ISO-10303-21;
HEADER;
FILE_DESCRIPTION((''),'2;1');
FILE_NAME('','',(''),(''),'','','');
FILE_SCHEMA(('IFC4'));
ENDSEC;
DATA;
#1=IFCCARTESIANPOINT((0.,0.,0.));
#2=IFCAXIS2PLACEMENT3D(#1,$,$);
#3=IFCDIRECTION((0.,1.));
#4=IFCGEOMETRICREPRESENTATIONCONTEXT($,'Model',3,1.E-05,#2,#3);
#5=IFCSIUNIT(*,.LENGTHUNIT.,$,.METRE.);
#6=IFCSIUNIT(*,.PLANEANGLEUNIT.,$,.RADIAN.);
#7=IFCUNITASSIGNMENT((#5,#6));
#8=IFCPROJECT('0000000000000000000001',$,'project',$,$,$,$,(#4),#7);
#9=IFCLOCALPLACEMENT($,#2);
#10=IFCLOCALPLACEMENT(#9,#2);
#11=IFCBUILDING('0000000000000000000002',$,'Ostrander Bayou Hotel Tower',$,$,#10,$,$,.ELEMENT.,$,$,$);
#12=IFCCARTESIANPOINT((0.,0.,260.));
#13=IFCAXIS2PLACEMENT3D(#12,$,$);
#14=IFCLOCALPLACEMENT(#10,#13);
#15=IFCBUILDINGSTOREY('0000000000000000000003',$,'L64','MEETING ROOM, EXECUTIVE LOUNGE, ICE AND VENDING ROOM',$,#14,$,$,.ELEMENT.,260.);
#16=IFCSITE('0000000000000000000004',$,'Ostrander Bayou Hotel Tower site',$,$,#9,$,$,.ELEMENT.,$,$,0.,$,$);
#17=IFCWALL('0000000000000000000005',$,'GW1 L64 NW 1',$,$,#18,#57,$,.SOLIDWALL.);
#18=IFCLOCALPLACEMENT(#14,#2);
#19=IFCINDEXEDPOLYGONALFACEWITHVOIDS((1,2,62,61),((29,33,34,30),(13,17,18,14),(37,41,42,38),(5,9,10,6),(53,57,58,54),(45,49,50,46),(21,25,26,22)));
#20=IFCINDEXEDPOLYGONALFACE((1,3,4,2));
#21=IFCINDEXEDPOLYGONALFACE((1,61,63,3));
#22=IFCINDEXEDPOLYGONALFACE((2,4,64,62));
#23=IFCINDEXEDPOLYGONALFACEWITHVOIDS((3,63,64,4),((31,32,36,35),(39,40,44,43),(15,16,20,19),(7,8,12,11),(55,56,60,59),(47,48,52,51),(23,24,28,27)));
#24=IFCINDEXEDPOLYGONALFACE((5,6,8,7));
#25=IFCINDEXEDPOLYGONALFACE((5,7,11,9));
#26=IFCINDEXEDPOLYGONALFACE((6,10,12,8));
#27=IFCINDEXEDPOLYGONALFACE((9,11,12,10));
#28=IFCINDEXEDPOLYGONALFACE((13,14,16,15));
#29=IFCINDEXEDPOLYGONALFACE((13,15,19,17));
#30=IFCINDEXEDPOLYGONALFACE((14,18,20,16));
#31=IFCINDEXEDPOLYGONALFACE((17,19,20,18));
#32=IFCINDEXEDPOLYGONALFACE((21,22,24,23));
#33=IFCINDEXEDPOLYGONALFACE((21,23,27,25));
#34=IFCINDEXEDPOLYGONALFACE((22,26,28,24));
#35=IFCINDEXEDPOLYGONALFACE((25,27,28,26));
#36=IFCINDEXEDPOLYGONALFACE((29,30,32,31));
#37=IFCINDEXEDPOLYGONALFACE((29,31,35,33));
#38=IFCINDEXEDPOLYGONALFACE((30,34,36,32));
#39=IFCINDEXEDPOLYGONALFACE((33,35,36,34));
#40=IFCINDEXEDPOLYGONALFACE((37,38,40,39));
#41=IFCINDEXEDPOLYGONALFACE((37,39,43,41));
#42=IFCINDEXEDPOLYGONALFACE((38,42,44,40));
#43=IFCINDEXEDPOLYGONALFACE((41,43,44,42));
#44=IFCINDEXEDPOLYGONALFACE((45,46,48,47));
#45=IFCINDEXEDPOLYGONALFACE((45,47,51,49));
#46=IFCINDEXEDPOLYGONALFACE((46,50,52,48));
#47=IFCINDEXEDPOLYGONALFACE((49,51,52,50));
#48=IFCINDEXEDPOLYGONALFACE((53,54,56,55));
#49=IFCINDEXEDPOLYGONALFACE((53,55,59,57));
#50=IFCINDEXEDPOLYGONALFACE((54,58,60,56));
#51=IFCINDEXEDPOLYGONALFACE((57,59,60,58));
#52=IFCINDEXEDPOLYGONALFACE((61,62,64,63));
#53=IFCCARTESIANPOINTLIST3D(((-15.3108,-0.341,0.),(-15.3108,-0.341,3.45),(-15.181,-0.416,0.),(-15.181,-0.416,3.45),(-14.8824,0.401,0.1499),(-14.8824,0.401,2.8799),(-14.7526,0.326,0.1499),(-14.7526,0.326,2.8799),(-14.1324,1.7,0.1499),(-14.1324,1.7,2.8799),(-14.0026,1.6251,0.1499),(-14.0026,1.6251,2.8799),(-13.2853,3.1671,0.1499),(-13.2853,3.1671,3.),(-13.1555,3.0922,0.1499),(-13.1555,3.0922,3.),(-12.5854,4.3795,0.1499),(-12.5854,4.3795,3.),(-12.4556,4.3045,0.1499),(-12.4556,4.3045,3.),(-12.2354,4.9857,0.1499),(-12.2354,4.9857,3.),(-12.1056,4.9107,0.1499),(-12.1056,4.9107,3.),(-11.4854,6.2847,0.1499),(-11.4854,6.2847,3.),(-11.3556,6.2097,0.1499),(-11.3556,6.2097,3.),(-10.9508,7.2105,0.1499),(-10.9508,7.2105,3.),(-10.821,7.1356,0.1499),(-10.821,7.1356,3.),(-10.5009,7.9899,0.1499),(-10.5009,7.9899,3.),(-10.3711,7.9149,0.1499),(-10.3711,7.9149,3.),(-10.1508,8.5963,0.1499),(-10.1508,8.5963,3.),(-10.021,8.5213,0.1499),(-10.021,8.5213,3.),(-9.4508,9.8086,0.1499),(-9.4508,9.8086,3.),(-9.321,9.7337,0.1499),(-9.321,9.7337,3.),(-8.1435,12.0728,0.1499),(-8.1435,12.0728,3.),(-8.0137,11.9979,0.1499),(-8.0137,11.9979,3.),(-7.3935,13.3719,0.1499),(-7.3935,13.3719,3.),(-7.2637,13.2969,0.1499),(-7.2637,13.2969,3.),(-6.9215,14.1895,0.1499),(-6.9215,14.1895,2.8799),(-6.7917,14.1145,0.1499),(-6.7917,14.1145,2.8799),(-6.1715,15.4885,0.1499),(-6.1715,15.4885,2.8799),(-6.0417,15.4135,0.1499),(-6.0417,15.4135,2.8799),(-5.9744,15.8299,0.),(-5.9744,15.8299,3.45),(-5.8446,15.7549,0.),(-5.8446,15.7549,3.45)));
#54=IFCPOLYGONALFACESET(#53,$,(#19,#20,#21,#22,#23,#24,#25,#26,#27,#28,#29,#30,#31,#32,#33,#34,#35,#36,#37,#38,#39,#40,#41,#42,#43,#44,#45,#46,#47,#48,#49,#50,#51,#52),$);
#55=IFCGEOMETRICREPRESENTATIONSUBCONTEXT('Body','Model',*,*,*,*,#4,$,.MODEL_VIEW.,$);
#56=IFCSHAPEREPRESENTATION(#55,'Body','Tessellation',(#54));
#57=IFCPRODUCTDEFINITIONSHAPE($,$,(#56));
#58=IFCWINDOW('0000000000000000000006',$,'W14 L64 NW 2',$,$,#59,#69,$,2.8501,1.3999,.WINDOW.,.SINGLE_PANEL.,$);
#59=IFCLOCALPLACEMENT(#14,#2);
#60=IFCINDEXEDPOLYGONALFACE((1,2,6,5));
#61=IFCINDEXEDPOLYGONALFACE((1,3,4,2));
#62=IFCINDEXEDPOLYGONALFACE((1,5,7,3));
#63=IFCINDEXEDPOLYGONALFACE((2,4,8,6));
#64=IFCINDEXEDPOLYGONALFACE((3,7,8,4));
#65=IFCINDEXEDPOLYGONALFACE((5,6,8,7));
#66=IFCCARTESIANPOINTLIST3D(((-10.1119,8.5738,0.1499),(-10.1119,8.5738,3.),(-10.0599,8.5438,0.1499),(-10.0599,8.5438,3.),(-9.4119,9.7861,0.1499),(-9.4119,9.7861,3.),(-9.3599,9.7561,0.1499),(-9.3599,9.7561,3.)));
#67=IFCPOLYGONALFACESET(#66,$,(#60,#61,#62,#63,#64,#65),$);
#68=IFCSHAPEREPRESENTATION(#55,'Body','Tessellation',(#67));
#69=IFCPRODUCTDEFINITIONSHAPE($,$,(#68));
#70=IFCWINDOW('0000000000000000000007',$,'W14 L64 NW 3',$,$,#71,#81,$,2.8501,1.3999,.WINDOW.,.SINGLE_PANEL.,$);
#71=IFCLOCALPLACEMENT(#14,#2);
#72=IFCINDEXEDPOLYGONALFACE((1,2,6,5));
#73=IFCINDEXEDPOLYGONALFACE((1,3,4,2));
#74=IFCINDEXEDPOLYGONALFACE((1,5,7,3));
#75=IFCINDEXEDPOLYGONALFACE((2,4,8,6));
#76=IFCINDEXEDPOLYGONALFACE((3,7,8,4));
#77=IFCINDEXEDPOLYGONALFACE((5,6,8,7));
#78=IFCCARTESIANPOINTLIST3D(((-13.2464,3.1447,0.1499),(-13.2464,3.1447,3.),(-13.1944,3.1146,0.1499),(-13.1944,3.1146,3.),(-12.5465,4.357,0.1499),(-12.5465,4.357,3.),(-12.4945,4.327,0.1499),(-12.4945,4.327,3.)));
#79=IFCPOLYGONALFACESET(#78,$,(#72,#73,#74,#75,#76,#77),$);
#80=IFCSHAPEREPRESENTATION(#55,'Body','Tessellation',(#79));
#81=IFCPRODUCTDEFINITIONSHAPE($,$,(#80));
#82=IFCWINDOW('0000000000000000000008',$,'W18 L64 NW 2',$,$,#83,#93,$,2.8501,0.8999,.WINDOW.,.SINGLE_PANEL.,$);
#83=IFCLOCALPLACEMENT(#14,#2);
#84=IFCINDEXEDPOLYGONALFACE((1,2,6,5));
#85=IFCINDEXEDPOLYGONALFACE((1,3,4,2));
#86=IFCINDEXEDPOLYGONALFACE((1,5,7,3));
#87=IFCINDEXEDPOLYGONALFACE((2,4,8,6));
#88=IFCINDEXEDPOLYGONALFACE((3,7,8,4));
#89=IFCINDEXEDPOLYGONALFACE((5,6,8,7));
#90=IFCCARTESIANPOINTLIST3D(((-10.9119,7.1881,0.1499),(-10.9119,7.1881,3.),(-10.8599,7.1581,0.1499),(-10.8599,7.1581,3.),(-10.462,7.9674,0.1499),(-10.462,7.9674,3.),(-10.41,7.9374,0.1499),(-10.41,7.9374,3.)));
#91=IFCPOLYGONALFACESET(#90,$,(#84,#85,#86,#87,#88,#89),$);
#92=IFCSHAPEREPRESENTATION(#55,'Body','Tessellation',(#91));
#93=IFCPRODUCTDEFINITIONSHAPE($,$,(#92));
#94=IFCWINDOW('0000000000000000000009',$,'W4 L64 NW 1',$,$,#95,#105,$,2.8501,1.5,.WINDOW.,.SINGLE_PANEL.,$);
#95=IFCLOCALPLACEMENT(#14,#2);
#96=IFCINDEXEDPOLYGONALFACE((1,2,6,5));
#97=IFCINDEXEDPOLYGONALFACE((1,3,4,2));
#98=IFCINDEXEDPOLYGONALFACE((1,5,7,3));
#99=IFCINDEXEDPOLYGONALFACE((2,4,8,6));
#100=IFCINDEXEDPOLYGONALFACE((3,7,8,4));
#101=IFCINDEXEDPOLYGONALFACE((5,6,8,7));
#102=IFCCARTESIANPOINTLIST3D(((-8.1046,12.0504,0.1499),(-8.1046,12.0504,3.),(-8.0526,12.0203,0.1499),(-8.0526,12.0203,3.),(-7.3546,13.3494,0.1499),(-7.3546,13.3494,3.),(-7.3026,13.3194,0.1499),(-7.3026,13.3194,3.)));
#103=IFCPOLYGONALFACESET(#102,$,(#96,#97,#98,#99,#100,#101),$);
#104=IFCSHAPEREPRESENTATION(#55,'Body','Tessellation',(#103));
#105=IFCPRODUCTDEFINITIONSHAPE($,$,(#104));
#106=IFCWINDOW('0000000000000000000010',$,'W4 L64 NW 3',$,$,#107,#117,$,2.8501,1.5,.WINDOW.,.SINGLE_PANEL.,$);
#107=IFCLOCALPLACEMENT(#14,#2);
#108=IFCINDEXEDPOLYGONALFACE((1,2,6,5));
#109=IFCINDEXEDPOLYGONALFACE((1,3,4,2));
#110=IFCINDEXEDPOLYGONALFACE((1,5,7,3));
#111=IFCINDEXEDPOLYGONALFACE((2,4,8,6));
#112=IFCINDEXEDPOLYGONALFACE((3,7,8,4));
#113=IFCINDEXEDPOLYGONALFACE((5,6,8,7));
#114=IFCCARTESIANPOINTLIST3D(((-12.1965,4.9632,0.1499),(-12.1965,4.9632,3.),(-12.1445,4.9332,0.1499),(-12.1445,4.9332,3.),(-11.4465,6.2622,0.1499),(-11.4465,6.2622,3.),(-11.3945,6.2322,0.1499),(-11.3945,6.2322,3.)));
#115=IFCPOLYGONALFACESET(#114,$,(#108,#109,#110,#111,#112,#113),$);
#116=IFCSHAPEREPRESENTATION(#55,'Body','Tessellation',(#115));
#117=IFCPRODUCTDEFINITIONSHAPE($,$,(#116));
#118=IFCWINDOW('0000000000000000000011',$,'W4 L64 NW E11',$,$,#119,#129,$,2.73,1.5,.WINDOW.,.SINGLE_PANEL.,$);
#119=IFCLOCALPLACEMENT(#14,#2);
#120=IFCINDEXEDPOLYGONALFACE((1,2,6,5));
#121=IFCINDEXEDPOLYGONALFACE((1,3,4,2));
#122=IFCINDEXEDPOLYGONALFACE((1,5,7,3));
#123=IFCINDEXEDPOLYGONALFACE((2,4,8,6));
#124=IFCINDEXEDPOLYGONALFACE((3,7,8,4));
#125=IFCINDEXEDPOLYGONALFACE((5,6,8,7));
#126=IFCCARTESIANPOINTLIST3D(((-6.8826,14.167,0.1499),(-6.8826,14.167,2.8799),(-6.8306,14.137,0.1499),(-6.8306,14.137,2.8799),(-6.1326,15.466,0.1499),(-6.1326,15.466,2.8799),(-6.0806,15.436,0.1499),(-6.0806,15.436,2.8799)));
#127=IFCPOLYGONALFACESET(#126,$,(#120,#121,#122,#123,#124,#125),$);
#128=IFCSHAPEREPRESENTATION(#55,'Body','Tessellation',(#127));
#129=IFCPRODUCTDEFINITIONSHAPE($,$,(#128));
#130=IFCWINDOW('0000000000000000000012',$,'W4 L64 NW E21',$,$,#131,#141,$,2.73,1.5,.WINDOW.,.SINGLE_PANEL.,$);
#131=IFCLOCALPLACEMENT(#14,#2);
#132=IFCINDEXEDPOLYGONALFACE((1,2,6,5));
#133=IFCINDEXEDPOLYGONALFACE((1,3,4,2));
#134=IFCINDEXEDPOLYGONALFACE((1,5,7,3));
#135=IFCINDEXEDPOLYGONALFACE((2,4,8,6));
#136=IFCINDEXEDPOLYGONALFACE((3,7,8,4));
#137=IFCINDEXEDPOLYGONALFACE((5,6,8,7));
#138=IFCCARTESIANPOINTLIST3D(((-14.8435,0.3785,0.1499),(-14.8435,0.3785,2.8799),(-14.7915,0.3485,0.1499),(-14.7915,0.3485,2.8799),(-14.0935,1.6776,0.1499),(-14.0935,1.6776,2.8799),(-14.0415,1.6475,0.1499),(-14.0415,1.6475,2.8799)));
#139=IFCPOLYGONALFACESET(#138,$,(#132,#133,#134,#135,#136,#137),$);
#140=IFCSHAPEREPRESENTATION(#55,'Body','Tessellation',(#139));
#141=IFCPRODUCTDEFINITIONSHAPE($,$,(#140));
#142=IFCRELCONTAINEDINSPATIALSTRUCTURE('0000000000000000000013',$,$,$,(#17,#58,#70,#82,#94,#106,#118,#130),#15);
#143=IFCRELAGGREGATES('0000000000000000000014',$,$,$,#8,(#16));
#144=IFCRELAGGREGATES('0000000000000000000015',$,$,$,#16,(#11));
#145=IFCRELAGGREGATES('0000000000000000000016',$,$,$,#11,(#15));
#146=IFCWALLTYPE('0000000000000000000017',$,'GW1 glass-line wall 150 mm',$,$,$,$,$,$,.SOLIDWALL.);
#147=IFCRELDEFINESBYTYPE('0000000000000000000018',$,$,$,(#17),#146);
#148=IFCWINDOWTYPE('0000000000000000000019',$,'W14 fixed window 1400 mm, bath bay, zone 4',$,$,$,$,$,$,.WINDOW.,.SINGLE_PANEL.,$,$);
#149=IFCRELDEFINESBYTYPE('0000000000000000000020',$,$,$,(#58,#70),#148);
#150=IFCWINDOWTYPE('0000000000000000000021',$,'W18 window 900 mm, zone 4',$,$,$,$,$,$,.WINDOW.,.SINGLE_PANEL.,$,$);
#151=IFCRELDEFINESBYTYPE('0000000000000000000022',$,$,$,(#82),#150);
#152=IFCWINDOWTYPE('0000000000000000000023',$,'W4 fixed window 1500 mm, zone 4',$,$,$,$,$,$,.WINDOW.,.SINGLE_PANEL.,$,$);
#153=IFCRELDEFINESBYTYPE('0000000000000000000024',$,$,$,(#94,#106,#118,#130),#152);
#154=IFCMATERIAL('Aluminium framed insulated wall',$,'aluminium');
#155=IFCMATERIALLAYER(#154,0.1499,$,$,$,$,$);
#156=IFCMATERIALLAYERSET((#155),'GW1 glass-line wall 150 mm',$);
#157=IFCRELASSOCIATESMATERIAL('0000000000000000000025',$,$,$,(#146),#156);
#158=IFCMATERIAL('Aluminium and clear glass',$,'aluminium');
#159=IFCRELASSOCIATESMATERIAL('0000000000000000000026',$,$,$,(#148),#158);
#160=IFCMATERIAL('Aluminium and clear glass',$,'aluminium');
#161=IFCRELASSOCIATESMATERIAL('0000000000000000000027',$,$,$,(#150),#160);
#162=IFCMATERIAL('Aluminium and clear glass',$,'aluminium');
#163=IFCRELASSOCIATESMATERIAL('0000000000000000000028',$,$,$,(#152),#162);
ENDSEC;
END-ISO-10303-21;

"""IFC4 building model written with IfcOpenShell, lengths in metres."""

from ifc_helpers import new_model, si_unit, direction, frame, frame_2d, origin, place, context, subcontext, project, spatial, rectangle, extrude, material, layer, layer_set, type_object, element, fill, save


model = new_model("IFC4")

# Units and contexts
model_context = context("Model", 3, precision=1e-05, world=origin(), true_north=direction((0.0, 1.0)))
body_context = subcontext(model_context, "Body", "Model", "MODEL_VIEW")
ifc_project = project(units=[si_unit("LENGTHUNIT", "METRE"), si_unit("PLANEANGLEUNIT", "RADIAN")], contexts=[model_context])

# Site, building, storey
site_placement = place(None, origin())
site = spatial("IfcSite", under=ifc_project, at=site_placement, Name="Ostrander Bayou Hotel Tower site", CompositionType="ELEMENT", RefElevation=0.0)
building_placement = place(site_placement, origin())
building = spatial("IfcBuilding", under=site, at=building_placement, Name="Ostrander Bayou Hotel Tower", CompositionType="ELEMENT")
storey_placement = place(building_placement, frame((0.0, 0.0, 260.0)))
storey = spatial("IfcBuildingStorey", under=building, at=storey_placement, Name="L64", Description="MEETING ROOM, EXECUTIVE LOUNGE, ICE AND VENDING ROOM", CompositionType="ELEMENT", Elevation=260.0)

# Wall, openings, windows
ifc_material_1 = material(Name="Aluminium framed insulated wall", Category="aluminium")
ifc_layer_1 = layer(ifc_material_1, 0.1499)
ifc_layer_set_1 = layer_set([ifc_layer_1], Name="GW1 glass-line wall 150 mm")
wall_type_1 = type_object("IfcWallType", Name="GW1 glass-line wall 150 mm", PredefinedType="SOLIDWALL", material=ifc_layer_set_1)
wall_1_placement = place(storey_placement, frame((-5.9094, 15.7925, 0.0), z_axis=(0.0, 0.0, 1.0), x_axis=(-0.500006, -0.866022, 0.0)))
wall_1 = element("IfcWall", 1, at=wall_1_placement, inside=storey, type_object=wall_type_1, Name="GW1 L64 NW 1", PredefinedType="SOLIDWALL", context=body_context, shape_type="SweptSolid", body=[
    extrude(rectangle(XDim=18.6726, YDim=0.1499, at=frame_2d((9.3364, 0.0))), origin(), (0.0, 0.0, 1.0), 3.45),
])
opening_1_placement = place(wall_1_placement, frame((2.8384, 0.0, 0.1499)))
opening_1 = element("IfcOpeningElement", 2, at=opening_1_placement, cuts=wall_1, PredefinedType="OPENING", context=body_context, shape_type="SweptSolid", body=[
    extrude(rectangle(XDim=1.5, YDim=2.8501, at=frame_2d((0.75, 1.425))), frame((0.0, 0.075, 0.0), z_axis=(0.0, -1.0, 0.0), x_axis=(1.0, 0.0, 0.0)), (0.0, 0.0, 1.0), 0.1499),
])
opening_2_placement = place(wall_1_placement, frame((9.053, 0.0, 0.1499)))
opening_2 = element("IfcOpeningElement", 3, at=opening_2_placement, cuts=wall_1, PredefinedType="OPENING", context=body_context, shape_type="SweptSolid", body=[
    extrude(rectangle(XDim=0.8999, YDim=2.8501, at=frame_2d((0.45, 1.425))), frame((0.0, 0.075, 0.0), z_axis=(0.0, -1.0, 0.0), x_axis=(1.0, 0.0, 0.0)), (0.0, 0.0, 1.0), 0.1499),
])
opening_3_placement = place(wall_1_placement, frame((6.9529, 0.0, 0.1499)))
opening_3 = element("IfcOpeningElement", 4, at=opening_3_placement, cuts=wall_1, PredefinedType="OPENING", context=body_context, shape_type="SweptSolid", body=[
    extrude(rectangle(XDim=1.3999, YDim=2.8501, at=frame_2d((0.7, 1.425))), frame((0.0, 0.075, 0.0), z_axis=(0.0, -1.0, 0.0), x_axis=(1.0, 0.0, 0.0)), (0.0, 0.0, 1.0), 0.1499),
])
opening_4_placement = place(wall_1_placement, frame((11.022, 0.0, 0.1499)))
opening_4 = element("IfcOpeningElement", 5, at=opening_4_placement, cuts=wall_1, PredefinedType="OPENING", context=body_context, shape_type="SweptSolid", body=[
    extrude(rectangle(XDim=1.5, YDim=2.8501, at=frame_2d((0.75, 1.425))), frame((0.0, 0.075, 0.0), z_axis=(0.0, -1.0, 0.0), x_axis=(1.0, 0.0, 0.0)), (0.0, 0.0, 1.0), 0.1499),
])
opening_5_placement = place(wall_1_placement, frame((13.2219, 0.0, 0.1499)))
opening_5 = element("IfcOpeningElement", 6, at=opening_5_placement, cuts=wall_1, PredefinedType="OPENING", context=body_context, shape_type="SweptSolid", body=[
    extrude(rectangle(XDim=1.3999, YDim=2.8501, at=frame_2d((0.7, 1.425))), frame((0.0, 0.075, 0.0), z_axis=(0.0, -1.0, 0.0), x_axis=(1.0, 0.0, 0.0)), (0.0, 0.0, 1.0), 0.1499),
])
opening_6_placement = place(wall_1_placement, frame((0.3943, 0.0, 0.1499)))
opening_6 = element("IfcOpeningElement", 7, at=opening_6_placement, cuts=wall_1, PredefinedType="OPENING", context=body_context, shape_type="SweptSolid", body=[
    extrude(rectangle(XDim=1.5, YDim=2.73, at=frame_2d((0.75, 1.365))), frame((0.0, 0.075, 0.0), z_axis=(0.0, -1.0, 0.0), x_axis=(1.0, 0.0, 0.0)), (0.0, 0.0, 1.0), 0.1499),
])
opening_7_placement = place(wall_1_placement, frame((16.3159, 0.0, 0.1499)))
opening_7 = element("IfcOpeningElement", 8, at=opening_7_placement, cuts=wall_1, PredefinedType="OPENING", context=body_context, shape_type="SweptSolid", body=[
    extrude(rectangle(XDim=1.5, YDim=2.73, at=frame_2d((0.75, 1.365))), frame((0.0, 0.075, 0.0), z_axis=(0.0, -1.0, 0.0), x_axis=(1.0, 0.0, 0.0)), (0.0, 0.0, 1.0), 0.1499),
])
ifc_material_2 = material(Name="Aluminium and clear glass", Category="aluminium")
window_type_1 = type_object("IfcWindowType", Name="W14 fixed window 1400 mm, bath bay, zone 4", PartitioningType="SINGLE_PANEL", PredefinedType="WINDOW", material=ifc_material_2)
window_1_placement = place(opening_3_placement, origin())
window_1 = element("IfcWindow", 9, at=window_1_placement, inside=storey, type_object=window_type_1, Name="W14 L64 NW 2", OverallHeight=2.8501, OverallWidth=1.3999, PartitioningType="SINGLE_PANEL", PredefinedType="WINDOW", context=body_context, shape_type="SweptSolid", body=[
    extrude(rectangle(XDim=1.3999, YDim=2.8501, at=frame_2d((0.7, 1.425))), frame((0.0, 0.03, 0.0), z_axis=(0.0, -1.0, 0.0), x_axis=(1.0, 0.0, 0.0)), (0.0, 0.0, 1.0), 0.0601),
])
fill(opening_3, window_1)
window_2_placement = place(opening_5_placement, origin())
window_2 = element("IfcWindow", 10, at=window_2_placement, inside=storey, type_object=window_type_1, Name="W14 L64 NW 3", OverallHeight=2.8501, OverallWidth=1.3999, PartitioningType="SINGLE_PANEL", PredefinedType="WINDOW", context=body_context, shape_type="SweptSolid", body=[
    extrude(rectangle(XDim=1.3999, YDim=2.8501, at=frame_2d((0.7, 1.425))), frame((0.0, 0.03, 0.0), z_axis=(0.0, -1.0, 0.0), x_axis=(1.0, 0.0, 0.0)), (0.0, 0.0, 1.0), 0.0601),
])
fill(opening_5, window_2)
ifc_material_3 = material(Name="Aluminium and clear glass", Category="aluminium")
window_type_2 = type_object("IfcWindowType", Name="W18 window 900 mm, zone 4", PartitioningType="SINGLE_PANEL", PredefinedType="WINDOW", material=ifc_material_3)
window_3_placement = place(opening_2_placement, origin())
window_3 = element("IfcWindow", 11, at=window_3_placement, inside=storey, type_object=window_type_2, Name="W18 L64 NW 2", OverallHeight=2.8501, OverallWidth=0.8999, PartitioningType="SINGLE_PANEL", PredefinedType="WINDOW", context=body_context, shape_type="SweptSolid", body=[
    extrude(rectangle(XDim=0.8999, YDim=2.8501, at=frame_2d((0.45, 1.425))), frame((0.0, 0.03, 0.0), z_axis=(0.0, -1.0, 0.0), x_axis=(1.0, 0.0, 0.0)), (0.0, 0.0, 1.0), 0.0601),
])
fill(opening_2, window_3)
ifc_material_4 = material(Name="Aluminium and clear glass", Category="aluminium")
window_type_3 = type_object("IfcWindowType", Name="W4 fixed window 1500 mm, zone 4", PartitioningType="SINGLE_PANEL", PredefinedType="WINDOW", material=ifc_material_4)
window_4_placement = place(opening_1_placement, origin())
window_4 = element("IfcWindow", 12, at=window_4_placement, inside=storey, type_object=window_type_3, Name="W4 L64 NW 1", OverallHeight=2.8501, OverallWidth=1.5, PartitioningType="SINGLE_PANEL", PredefinedType="WINDOW", context=body_context, shape_type="SweptSolid", body=[
    extrude(rectangle(XDim=1.5, YDim=2.8501, at=frame_2d((0.75, 1.425))), frame((0.0, 0.03, 0.0), z_axis=(0.0, -1.0, 0.0), x_axis=(1.0, 0.0, 0.0)), (0.0, 0.0, 1.0), 0.0601),
])
fill(opening_1, window_4)
window_5_placement = place(opening_4_placement, origin())
window_5 = element("IfcWindow", 13, at=window_5_placement, inside=storey, type_object=window_type_3, Name="W4 L64 NW 3", OverallHeight=2.8501, OverallWidth=1.5, PartitioningType="SINGLE_PANEL", PredefinedType="WINDOW", context=body_context, shape_type="SweptSolid", body=[
    extrude(rectangle(XDim=1.5, YDim=2.8501, at=frame_2d((0.75, 1.425))), frame((0.0, 0.03, 0.0), z_axis=(0.0, -1.0, 0.0), x_axis=(1.0, 0.0, 0.0)), (0.0, 0.0, 1.0), 0.0601),
])
fill(opening_4, window_5)
window_6_placement = place(opening_6_placement, origin())
window_6 = element("IfcWindow", 14, at=window_6_placement, inside=storey, type_object=window_type_3, Name="W4 L64 NW E11", OverallHeight=2.73, OverallWidth=1.5, PartitioningType="SINGLE_PANEL", PredefinedType="WINDOW", context=body_context, shape_type="SweptSolid", body=[
    extrude(rectangle(XDim=1.5, YDim=2.73, at=frame_2d((0.75, 1.365))), frame((0.0, 0.03, 0.0), z_axis=(0.0, -1.0, 0.0), x_axis=(1.0, 0.0, 0.0)), (0.0, 0.0, 1.0), 0.0601),
])
fill(opening_6, window_6)
window_7_placement = place(opening_7_placement, origin())
window_7 = element("IfcWindow", 15, at=window_7_placement, inside=storey, type_object=window_type_3, Name="W4 L64 NW E21", OverallHeight=2.73, OverallWidth=1.5, PartitioningType="SINGLE_PANEL", PredefinedType="WINDOW", context=body_context, shape_type="SweptSolid", body=[
    extrude(rectangle(XDim=1.5, YDim=2.73, at=frame_2d((0.75, 1.365))), frame((0.0, 0.03, 0.0), z_axis=(0.0, -1.0, 0.0), x_axis=(1.0, 0.0, 0.0)), (0.0, 0.0, 1.0), 0.0601),
])
fill(opening_7, window_7)

save(model, "model.ifc")
